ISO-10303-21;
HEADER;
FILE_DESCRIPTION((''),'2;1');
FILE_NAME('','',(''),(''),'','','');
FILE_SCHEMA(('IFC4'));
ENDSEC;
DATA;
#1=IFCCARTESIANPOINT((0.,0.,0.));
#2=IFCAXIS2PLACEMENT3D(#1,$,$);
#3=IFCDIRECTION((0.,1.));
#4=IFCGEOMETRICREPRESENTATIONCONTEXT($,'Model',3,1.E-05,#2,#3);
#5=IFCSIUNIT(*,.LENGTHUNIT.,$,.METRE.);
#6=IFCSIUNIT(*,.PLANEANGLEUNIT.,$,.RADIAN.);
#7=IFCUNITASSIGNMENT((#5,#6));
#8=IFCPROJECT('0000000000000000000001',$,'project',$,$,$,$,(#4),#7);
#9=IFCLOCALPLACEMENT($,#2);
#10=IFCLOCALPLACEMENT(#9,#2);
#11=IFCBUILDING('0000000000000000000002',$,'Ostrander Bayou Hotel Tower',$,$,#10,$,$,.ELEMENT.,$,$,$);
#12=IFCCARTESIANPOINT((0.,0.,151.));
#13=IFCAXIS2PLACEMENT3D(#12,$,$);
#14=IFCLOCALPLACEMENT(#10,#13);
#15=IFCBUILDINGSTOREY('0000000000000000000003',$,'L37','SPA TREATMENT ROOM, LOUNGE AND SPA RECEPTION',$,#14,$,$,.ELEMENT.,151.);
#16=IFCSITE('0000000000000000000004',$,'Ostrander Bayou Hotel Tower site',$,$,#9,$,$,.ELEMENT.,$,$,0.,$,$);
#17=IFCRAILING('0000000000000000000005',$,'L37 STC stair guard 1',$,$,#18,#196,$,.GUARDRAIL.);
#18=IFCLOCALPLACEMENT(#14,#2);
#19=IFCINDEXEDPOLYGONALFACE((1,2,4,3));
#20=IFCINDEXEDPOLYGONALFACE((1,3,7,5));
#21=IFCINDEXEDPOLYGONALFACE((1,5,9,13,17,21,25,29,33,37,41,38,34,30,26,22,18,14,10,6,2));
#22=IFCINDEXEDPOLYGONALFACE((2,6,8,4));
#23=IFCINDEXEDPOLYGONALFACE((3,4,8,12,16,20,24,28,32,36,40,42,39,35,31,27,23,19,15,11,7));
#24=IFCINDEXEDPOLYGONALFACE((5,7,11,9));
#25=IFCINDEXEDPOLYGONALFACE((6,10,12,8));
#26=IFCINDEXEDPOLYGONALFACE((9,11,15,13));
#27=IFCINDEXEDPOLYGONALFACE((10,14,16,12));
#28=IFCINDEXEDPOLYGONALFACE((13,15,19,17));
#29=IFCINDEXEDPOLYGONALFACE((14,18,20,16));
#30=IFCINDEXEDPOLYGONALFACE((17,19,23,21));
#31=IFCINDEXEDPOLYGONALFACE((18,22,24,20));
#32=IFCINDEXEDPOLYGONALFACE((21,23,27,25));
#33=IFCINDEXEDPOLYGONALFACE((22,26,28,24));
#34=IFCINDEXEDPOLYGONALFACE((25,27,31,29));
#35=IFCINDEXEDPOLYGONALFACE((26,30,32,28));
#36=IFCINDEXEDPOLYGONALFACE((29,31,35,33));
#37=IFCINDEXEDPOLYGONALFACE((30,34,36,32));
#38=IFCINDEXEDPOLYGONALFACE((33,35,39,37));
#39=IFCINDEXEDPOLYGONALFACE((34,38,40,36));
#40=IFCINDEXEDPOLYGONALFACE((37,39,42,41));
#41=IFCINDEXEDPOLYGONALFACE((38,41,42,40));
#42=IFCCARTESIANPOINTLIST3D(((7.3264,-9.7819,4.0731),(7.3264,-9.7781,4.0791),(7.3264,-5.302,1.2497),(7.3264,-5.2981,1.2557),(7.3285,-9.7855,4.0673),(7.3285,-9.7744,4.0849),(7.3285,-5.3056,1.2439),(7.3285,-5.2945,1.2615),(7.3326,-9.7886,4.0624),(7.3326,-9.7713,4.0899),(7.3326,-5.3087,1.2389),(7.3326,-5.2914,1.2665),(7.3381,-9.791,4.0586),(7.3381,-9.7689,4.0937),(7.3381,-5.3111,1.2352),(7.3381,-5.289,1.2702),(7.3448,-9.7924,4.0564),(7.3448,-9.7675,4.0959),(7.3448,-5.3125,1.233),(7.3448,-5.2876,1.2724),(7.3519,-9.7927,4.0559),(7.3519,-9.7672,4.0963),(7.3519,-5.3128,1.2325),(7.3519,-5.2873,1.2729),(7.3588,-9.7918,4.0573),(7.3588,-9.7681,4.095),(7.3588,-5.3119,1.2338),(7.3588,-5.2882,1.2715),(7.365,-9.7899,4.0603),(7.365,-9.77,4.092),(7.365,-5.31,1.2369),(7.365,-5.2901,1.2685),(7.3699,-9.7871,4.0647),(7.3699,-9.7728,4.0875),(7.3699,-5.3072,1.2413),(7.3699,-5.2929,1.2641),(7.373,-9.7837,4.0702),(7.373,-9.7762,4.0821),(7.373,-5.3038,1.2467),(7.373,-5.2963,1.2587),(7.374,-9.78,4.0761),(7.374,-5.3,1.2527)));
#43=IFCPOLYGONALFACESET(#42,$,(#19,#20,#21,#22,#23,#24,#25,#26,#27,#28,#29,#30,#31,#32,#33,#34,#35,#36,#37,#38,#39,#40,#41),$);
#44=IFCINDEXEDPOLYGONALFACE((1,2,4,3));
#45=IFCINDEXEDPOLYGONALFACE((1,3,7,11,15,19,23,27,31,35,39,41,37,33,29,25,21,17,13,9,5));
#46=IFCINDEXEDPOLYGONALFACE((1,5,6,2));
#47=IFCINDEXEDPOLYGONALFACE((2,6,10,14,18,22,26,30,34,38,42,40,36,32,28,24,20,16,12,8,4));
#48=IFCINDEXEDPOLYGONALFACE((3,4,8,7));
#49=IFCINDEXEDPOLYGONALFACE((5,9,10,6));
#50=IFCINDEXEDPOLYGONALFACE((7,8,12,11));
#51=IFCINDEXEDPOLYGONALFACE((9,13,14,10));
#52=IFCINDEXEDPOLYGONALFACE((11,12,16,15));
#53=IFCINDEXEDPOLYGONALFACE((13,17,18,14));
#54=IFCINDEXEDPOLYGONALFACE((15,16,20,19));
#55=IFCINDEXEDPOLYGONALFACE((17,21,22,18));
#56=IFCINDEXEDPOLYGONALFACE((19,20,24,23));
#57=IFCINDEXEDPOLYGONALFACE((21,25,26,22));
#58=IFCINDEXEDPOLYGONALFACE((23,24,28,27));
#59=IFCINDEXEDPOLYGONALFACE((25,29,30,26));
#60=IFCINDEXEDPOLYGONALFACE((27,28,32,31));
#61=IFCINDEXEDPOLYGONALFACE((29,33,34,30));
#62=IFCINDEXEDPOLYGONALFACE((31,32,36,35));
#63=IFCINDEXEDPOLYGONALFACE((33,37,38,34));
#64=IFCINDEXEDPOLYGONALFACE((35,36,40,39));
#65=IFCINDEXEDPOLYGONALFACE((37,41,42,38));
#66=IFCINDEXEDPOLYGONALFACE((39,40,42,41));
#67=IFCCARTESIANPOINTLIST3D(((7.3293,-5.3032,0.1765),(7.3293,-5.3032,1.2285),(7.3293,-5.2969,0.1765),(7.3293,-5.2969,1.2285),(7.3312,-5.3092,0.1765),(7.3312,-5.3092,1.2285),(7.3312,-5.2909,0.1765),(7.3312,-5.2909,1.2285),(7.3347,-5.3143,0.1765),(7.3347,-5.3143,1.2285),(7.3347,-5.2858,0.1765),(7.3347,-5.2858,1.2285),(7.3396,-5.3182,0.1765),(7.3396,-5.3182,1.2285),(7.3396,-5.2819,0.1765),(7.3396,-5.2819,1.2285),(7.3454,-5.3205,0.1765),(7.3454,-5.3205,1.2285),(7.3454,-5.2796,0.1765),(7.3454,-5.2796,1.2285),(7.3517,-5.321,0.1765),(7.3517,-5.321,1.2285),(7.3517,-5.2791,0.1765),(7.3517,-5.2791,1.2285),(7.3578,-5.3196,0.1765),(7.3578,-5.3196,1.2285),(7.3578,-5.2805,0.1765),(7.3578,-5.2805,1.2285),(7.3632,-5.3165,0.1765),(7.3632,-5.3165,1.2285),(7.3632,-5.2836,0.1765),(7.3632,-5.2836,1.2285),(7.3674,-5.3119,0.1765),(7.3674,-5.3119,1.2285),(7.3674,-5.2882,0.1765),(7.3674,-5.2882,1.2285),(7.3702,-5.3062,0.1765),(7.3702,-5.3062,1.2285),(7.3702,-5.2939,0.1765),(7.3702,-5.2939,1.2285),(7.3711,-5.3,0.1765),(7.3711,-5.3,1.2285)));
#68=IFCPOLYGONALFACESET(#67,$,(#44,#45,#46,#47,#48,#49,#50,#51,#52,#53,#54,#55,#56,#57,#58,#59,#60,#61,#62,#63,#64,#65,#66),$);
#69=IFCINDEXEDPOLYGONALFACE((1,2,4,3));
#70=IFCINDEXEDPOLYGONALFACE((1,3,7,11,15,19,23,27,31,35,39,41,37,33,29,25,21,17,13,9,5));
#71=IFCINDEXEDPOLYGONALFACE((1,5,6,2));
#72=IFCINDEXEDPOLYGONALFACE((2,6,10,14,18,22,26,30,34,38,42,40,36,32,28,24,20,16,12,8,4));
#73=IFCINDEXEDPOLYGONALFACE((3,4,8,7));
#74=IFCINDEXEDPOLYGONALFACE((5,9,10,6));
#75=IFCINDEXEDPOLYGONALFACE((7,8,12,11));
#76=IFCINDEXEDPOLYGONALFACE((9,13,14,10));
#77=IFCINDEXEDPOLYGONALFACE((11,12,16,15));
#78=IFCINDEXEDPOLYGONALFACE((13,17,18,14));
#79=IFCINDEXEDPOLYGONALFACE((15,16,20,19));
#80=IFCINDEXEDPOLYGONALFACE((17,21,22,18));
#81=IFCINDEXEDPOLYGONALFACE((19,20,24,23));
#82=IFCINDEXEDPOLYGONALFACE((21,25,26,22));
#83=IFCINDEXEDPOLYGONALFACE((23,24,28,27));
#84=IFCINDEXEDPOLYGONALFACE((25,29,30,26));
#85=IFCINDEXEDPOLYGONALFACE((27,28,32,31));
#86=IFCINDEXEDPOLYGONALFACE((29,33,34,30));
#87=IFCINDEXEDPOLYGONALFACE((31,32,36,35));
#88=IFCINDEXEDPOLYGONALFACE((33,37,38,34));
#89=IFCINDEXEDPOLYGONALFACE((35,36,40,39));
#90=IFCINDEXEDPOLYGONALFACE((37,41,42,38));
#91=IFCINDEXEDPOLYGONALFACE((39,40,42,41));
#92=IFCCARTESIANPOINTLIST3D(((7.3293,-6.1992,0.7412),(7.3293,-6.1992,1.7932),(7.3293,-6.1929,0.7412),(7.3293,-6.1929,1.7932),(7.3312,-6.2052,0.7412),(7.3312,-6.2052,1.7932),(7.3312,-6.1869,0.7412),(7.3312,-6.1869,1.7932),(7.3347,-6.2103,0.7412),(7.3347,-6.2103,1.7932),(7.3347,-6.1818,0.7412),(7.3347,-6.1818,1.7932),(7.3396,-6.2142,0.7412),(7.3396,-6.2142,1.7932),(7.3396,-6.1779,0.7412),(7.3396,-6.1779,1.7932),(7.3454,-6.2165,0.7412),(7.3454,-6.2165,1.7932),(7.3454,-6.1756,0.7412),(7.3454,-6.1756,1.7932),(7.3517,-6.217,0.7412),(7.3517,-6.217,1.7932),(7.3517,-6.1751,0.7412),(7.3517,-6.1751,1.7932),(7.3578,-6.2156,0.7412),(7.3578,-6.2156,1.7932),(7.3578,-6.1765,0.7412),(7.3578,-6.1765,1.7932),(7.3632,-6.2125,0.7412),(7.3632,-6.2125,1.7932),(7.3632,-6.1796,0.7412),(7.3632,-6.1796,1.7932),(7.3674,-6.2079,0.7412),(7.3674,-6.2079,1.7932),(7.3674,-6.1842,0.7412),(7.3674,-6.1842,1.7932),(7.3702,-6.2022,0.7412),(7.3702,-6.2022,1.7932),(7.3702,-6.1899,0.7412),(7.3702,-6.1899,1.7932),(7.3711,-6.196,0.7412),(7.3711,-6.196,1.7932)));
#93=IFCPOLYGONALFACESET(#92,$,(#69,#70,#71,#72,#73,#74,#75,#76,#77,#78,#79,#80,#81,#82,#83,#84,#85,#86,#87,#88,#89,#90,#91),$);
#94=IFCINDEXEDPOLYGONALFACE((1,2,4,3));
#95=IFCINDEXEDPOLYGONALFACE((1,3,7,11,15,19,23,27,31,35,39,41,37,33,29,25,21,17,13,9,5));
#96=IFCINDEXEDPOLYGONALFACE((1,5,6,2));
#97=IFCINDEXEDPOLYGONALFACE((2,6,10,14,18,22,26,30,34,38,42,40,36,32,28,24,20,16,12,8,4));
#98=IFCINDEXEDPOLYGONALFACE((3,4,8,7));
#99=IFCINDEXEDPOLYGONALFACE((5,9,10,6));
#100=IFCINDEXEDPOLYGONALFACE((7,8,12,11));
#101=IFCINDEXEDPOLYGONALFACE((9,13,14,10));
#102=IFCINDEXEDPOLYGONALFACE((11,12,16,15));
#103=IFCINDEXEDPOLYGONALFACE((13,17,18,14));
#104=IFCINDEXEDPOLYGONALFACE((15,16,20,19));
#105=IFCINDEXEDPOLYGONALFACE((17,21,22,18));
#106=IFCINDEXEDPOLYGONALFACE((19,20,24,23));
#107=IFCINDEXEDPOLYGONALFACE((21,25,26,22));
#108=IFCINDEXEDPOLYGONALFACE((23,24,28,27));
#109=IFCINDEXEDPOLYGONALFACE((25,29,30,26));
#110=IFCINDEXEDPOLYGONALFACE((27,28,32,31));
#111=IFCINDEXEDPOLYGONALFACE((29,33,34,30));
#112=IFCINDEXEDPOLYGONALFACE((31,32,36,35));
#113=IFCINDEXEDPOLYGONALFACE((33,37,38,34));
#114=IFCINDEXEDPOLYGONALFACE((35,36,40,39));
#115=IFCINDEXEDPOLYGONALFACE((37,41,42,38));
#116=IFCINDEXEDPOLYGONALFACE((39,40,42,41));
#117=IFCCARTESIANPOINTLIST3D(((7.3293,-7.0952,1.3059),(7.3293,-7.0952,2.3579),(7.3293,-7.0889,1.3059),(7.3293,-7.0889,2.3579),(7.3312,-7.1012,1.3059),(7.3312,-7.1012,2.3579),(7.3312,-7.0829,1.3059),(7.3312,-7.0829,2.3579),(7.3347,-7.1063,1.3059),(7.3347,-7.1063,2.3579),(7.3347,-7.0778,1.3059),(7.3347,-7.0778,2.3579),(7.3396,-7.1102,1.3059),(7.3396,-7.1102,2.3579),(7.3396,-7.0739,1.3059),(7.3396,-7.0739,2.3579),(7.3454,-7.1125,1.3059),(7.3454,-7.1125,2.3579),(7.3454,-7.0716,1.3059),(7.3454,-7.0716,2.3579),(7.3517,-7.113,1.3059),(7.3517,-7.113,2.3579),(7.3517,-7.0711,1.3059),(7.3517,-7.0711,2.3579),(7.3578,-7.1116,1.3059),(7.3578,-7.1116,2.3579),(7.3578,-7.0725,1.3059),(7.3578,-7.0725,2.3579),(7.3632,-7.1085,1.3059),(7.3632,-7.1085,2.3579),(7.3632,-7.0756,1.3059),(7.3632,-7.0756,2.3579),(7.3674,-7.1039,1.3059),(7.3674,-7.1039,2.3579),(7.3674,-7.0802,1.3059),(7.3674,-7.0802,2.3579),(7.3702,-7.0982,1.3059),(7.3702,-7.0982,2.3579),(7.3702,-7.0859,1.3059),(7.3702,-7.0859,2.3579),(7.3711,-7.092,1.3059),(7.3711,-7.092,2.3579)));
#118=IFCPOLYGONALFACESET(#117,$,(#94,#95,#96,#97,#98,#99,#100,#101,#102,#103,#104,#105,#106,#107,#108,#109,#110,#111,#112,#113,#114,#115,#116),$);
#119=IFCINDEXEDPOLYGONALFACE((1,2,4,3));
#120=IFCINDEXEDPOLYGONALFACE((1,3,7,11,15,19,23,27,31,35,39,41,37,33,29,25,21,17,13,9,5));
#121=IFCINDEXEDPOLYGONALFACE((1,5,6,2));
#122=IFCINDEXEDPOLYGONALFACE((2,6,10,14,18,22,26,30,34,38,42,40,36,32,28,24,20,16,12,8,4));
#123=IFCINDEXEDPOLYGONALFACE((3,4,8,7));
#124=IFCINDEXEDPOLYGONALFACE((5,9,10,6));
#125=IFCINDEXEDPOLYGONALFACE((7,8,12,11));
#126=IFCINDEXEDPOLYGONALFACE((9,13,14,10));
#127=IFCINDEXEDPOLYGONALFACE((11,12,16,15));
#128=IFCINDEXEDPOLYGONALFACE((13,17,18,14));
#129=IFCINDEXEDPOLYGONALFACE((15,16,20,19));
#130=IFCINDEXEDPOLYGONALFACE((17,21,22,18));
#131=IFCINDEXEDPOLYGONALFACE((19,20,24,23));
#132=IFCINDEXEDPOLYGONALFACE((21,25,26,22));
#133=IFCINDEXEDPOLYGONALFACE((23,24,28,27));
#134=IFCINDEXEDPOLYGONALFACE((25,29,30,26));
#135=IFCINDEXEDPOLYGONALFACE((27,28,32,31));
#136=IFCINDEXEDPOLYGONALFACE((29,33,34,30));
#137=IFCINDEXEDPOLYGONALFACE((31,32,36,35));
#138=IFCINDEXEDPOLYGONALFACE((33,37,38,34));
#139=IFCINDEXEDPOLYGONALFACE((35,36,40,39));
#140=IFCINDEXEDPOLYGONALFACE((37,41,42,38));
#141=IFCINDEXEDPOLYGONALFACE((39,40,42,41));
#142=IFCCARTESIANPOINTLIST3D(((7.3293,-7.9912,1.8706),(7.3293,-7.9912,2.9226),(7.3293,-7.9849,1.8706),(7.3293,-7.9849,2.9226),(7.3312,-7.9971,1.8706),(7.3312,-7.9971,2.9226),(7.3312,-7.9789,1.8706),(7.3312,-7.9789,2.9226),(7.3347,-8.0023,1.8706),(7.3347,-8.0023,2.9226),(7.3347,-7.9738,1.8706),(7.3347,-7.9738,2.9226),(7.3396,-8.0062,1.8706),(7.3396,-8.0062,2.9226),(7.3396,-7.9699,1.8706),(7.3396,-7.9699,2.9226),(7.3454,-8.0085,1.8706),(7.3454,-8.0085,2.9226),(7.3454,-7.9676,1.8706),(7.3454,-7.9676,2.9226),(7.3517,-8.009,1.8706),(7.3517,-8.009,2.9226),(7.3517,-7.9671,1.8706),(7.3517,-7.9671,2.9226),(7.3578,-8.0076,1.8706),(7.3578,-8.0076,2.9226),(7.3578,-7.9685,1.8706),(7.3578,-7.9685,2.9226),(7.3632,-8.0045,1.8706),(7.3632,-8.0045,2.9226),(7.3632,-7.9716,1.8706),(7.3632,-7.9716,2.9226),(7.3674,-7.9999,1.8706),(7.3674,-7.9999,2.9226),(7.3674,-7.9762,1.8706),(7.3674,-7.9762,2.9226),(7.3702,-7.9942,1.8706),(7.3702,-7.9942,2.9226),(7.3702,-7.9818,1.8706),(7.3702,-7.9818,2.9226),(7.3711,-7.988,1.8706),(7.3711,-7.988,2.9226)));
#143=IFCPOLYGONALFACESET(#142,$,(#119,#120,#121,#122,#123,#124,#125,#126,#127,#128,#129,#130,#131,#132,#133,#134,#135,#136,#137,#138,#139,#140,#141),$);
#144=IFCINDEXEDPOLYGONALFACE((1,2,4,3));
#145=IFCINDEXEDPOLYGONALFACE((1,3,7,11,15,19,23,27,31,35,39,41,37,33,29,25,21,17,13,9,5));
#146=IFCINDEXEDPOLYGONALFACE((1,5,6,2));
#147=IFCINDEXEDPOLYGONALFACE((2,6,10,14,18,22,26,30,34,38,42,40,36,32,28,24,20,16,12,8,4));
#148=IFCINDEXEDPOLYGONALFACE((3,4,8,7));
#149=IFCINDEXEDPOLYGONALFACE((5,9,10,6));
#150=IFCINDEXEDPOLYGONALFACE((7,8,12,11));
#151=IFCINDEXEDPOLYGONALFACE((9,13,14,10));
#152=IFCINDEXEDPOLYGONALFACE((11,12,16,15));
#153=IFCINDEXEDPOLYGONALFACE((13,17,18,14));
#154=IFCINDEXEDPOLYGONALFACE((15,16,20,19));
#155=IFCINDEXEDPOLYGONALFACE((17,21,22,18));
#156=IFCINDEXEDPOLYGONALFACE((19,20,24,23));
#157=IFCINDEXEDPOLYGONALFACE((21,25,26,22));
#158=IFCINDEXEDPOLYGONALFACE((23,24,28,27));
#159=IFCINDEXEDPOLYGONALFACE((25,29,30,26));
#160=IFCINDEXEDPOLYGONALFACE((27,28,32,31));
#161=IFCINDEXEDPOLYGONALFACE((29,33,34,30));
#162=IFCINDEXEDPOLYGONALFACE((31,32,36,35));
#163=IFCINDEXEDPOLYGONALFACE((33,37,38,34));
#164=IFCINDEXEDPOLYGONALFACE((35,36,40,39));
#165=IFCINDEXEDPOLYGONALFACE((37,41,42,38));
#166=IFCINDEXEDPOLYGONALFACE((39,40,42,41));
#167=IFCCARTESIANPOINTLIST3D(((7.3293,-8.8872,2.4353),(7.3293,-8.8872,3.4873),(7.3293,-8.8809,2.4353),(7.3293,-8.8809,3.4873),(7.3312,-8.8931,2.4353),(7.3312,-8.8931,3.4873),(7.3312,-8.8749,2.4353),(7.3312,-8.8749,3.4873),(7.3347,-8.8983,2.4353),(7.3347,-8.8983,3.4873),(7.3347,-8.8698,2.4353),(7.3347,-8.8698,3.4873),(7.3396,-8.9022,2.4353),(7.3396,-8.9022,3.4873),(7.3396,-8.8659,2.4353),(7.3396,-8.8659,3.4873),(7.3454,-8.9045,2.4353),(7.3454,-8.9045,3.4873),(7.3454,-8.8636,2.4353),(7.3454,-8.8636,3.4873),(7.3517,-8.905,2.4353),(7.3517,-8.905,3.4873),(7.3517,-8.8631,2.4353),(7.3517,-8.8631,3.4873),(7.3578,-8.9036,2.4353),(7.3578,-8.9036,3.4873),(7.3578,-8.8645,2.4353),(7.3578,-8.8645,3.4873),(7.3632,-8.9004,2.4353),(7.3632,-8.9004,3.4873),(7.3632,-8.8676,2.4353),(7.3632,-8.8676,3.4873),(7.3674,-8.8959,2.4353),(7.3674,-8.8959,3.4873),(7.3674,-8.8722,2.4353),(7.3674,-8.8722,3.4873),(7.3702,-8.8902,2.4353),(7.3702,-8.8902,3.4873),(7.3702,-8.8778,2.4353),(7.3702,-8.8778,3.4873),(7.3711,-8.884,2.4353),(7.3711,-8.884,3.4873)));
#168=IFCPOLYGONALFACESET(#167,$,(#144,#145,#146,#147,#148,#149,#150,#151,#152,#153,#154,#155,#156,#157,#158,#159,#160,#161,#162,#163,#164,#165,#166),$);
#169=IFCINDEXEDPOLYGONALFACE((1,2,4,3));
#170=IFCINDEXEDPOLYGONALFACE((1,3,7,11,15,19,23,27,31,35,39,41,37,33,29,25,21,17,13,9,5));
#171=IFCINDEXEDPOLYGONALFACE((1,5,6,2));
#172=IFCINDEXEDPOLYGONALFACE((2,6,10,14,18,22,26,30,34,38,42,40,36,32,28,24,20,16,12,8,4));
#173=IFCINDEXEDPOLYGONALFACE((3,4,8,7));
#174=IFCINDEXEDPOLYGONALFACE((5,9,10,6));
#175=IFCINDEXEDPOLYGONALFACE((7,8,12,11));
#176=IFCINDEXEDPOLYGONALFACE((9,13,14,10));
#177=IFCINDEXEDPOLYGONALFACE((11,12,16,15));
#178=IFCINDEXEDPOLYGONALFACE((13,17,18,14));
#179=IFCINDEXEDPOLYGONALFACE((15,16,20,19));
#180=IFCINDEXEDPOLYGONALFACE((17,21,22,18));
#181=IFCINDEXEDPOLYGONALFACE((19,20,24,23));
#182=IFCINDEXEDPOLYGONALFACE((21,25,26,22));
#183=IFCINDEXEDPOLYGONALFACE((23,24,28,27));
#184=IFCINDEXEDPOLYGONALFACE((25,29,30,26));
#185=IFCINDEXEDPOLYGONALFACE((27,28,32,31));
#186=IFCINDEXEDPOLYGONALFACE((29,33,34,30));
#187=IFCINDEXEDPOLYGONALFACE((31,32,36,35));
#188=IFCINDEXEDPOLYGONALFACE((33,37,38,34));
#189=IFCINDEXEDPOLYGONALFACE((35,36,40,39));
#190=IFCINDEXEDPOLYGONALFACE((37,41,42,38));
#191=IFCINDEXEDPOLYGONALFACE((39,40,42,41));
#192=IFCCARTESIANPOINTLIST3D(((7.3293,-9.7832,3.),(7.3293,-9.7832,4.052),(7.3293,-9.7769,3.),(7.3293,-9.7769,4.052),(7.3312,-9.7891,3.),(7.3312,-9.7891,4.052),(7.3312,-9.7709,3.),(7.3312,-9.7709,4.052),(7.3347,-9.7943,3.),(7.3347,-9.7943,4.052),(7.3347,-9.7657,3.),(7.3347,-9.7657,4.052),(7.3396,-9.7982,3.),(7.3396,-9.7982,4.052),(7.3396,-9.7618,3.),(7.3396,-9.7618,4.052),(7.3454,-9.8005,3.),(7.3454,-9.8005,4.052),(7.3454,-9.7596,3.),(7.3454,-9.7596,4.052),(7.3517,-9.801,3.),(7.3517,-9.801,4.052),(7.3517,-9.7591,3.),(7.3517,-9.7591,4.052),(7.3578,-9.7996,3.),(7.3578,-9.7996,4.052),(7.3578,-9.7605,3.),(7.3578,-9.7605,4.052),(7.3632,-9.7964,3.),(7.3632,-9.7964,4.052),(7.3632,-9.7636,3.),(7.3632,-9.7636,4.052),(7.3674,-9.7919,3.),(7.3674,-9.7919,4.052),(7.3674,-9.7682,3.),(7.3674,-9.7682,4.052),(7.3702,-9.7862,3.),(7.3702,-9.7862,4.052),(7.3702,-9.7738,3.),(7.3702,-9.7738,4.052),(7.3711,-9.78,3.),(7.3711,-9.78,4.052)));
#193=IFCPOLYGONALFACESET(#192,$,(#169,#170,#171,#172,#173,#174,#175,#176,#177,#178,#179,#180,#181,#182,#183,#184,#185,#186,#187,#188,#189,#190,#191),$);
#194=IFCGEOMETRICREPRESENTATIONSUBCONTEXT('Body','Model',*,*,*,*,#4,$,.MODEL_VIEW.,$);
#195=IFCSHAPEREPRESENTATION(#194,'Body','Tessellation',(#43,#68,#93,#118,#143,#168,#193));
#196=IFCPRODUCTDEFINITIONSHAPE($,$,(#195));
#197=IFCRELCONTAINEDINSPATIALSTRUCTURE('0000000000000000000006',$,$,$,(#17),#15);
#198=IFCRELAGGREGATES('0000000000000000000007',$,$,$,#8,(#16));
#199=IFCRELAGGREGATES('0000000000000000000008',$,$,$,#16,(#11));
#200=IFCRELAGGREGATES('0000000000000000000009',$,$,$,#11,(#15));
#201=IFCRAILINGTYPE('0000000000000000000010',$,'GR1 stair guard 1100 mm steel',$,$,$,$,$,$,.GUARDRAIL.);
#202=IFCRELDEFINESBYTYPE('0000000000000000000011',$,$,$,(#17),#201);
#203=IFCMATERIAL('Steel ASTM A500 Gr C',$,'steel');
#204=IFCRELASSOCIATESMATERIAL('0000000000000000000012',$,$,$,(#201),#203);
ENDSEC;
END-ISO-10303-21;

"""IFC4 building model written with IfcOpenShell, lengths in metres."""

from ifc_helpers import new_model, si_unit, direction, frame, origin, origin_2d, place, context, subcontext, project, spatial, circle, extrude, material, type_object, element, save


model = new_model("IFC4")

# Units and contexts
model_context = context("Model", 3, precision=1e-05, world=origin(), true_north=direction((0.0, 1.0)))
body_context = subcontext(model_context, "Body", "Model", "MODEL_VIEW")
ifc_project = project(units=[si_unit("LENGTHUNIT", "METRE"), si_unit("PLANEANGLEUNIT", "RADIAN")], contexts=[model_context])

# Site, building, storey
site_placement = place(None, origin())
site = spatial("IfcSite", under=ifc_project, at=site_placement, Name="Ostrander Bayou Hotel Tower site", CompositionType="ELEMENT", RefElevation=0.0)
building_placement = place(site_placement, origin())
building = spatial("IfcBuilding", under=site, at=building_placement, Name="Ostrander Bayou Hotel Tower", CompositionType="ELEMENT")
storey_placement = place(building_placement, frame((0.0, 0.0, 151.0)))
storey = spatial("IfcBuildingStorey", under=building, at=storey_placement, Name="L37", Description="SPA TREATMENT ROOM, LOUNGE AND SPA RECEPTION", CompositionType="ELEMENT", Elevation=151.0)

# Railing
ifc_material_1 = material(Name="Steel ASTM A500 Gr C", Category="steel")
railing_type_1 = type_object("IfcRailingType", Name="GR1 stair guard 1100 mm steel", PredefinedType="GUARDRAIL", material=ifc_material_1)
railing_1_placement = place(storey_placement, frame((7.3501, -5.3, 0.1765)))
element("IfcRailing", 1, at=railing_1_placement, inside=storey, type_object=railing_type_1, Name="L37 STC stair guard 1", PredefinedType="GUARDRAIL", context=body_context, shape_type="SweptSolid", body=[
    extrude(circle(Radius=0.0239, at=origin_2d()), frame((0.0, 0.0, 1.0762), z_axis=(0.0, -0.845998, 0.533186), x_axis=(1.0, 0.0, 0.0)), (0.0, 0.0, 1.0), 5.2954),
    extrude(circle(Radius=0.021, at=origin_2d()), origin(), (0.0, 0.0, 1.0), 1.052),
    extrude(circle(Radius=0.021, at=origin_2d()), frame((0.0, -0.896, 0.5647)), (0.0, 0.0, 1.0), 1.052),
    extrude(circle(Radius=0.021, at=origin_2d()), frame((0.0, -1.792, 1.1294)), (0.0, 0.0, 1.0), 1.052),
    extrude(circle(Radius=0.021, at=origin_2d()), frame((0.0, -2.688, 1.6941)), (0.0, 0.0, 1.0), 1.052),
    extrude(circle(Radius=0.021, at=origin_2d()), frame((0.0, -3.584, 2.2588)), (0.0, 0.0, 1.0), 1.052),
    extrude(circle(Radius=0.021, at=origin_2d()), frame((0.0, -4.48, 2.8235)), (0.0, 0.0, 1.0), 1.052),
])

save(model, "model.ifc")
